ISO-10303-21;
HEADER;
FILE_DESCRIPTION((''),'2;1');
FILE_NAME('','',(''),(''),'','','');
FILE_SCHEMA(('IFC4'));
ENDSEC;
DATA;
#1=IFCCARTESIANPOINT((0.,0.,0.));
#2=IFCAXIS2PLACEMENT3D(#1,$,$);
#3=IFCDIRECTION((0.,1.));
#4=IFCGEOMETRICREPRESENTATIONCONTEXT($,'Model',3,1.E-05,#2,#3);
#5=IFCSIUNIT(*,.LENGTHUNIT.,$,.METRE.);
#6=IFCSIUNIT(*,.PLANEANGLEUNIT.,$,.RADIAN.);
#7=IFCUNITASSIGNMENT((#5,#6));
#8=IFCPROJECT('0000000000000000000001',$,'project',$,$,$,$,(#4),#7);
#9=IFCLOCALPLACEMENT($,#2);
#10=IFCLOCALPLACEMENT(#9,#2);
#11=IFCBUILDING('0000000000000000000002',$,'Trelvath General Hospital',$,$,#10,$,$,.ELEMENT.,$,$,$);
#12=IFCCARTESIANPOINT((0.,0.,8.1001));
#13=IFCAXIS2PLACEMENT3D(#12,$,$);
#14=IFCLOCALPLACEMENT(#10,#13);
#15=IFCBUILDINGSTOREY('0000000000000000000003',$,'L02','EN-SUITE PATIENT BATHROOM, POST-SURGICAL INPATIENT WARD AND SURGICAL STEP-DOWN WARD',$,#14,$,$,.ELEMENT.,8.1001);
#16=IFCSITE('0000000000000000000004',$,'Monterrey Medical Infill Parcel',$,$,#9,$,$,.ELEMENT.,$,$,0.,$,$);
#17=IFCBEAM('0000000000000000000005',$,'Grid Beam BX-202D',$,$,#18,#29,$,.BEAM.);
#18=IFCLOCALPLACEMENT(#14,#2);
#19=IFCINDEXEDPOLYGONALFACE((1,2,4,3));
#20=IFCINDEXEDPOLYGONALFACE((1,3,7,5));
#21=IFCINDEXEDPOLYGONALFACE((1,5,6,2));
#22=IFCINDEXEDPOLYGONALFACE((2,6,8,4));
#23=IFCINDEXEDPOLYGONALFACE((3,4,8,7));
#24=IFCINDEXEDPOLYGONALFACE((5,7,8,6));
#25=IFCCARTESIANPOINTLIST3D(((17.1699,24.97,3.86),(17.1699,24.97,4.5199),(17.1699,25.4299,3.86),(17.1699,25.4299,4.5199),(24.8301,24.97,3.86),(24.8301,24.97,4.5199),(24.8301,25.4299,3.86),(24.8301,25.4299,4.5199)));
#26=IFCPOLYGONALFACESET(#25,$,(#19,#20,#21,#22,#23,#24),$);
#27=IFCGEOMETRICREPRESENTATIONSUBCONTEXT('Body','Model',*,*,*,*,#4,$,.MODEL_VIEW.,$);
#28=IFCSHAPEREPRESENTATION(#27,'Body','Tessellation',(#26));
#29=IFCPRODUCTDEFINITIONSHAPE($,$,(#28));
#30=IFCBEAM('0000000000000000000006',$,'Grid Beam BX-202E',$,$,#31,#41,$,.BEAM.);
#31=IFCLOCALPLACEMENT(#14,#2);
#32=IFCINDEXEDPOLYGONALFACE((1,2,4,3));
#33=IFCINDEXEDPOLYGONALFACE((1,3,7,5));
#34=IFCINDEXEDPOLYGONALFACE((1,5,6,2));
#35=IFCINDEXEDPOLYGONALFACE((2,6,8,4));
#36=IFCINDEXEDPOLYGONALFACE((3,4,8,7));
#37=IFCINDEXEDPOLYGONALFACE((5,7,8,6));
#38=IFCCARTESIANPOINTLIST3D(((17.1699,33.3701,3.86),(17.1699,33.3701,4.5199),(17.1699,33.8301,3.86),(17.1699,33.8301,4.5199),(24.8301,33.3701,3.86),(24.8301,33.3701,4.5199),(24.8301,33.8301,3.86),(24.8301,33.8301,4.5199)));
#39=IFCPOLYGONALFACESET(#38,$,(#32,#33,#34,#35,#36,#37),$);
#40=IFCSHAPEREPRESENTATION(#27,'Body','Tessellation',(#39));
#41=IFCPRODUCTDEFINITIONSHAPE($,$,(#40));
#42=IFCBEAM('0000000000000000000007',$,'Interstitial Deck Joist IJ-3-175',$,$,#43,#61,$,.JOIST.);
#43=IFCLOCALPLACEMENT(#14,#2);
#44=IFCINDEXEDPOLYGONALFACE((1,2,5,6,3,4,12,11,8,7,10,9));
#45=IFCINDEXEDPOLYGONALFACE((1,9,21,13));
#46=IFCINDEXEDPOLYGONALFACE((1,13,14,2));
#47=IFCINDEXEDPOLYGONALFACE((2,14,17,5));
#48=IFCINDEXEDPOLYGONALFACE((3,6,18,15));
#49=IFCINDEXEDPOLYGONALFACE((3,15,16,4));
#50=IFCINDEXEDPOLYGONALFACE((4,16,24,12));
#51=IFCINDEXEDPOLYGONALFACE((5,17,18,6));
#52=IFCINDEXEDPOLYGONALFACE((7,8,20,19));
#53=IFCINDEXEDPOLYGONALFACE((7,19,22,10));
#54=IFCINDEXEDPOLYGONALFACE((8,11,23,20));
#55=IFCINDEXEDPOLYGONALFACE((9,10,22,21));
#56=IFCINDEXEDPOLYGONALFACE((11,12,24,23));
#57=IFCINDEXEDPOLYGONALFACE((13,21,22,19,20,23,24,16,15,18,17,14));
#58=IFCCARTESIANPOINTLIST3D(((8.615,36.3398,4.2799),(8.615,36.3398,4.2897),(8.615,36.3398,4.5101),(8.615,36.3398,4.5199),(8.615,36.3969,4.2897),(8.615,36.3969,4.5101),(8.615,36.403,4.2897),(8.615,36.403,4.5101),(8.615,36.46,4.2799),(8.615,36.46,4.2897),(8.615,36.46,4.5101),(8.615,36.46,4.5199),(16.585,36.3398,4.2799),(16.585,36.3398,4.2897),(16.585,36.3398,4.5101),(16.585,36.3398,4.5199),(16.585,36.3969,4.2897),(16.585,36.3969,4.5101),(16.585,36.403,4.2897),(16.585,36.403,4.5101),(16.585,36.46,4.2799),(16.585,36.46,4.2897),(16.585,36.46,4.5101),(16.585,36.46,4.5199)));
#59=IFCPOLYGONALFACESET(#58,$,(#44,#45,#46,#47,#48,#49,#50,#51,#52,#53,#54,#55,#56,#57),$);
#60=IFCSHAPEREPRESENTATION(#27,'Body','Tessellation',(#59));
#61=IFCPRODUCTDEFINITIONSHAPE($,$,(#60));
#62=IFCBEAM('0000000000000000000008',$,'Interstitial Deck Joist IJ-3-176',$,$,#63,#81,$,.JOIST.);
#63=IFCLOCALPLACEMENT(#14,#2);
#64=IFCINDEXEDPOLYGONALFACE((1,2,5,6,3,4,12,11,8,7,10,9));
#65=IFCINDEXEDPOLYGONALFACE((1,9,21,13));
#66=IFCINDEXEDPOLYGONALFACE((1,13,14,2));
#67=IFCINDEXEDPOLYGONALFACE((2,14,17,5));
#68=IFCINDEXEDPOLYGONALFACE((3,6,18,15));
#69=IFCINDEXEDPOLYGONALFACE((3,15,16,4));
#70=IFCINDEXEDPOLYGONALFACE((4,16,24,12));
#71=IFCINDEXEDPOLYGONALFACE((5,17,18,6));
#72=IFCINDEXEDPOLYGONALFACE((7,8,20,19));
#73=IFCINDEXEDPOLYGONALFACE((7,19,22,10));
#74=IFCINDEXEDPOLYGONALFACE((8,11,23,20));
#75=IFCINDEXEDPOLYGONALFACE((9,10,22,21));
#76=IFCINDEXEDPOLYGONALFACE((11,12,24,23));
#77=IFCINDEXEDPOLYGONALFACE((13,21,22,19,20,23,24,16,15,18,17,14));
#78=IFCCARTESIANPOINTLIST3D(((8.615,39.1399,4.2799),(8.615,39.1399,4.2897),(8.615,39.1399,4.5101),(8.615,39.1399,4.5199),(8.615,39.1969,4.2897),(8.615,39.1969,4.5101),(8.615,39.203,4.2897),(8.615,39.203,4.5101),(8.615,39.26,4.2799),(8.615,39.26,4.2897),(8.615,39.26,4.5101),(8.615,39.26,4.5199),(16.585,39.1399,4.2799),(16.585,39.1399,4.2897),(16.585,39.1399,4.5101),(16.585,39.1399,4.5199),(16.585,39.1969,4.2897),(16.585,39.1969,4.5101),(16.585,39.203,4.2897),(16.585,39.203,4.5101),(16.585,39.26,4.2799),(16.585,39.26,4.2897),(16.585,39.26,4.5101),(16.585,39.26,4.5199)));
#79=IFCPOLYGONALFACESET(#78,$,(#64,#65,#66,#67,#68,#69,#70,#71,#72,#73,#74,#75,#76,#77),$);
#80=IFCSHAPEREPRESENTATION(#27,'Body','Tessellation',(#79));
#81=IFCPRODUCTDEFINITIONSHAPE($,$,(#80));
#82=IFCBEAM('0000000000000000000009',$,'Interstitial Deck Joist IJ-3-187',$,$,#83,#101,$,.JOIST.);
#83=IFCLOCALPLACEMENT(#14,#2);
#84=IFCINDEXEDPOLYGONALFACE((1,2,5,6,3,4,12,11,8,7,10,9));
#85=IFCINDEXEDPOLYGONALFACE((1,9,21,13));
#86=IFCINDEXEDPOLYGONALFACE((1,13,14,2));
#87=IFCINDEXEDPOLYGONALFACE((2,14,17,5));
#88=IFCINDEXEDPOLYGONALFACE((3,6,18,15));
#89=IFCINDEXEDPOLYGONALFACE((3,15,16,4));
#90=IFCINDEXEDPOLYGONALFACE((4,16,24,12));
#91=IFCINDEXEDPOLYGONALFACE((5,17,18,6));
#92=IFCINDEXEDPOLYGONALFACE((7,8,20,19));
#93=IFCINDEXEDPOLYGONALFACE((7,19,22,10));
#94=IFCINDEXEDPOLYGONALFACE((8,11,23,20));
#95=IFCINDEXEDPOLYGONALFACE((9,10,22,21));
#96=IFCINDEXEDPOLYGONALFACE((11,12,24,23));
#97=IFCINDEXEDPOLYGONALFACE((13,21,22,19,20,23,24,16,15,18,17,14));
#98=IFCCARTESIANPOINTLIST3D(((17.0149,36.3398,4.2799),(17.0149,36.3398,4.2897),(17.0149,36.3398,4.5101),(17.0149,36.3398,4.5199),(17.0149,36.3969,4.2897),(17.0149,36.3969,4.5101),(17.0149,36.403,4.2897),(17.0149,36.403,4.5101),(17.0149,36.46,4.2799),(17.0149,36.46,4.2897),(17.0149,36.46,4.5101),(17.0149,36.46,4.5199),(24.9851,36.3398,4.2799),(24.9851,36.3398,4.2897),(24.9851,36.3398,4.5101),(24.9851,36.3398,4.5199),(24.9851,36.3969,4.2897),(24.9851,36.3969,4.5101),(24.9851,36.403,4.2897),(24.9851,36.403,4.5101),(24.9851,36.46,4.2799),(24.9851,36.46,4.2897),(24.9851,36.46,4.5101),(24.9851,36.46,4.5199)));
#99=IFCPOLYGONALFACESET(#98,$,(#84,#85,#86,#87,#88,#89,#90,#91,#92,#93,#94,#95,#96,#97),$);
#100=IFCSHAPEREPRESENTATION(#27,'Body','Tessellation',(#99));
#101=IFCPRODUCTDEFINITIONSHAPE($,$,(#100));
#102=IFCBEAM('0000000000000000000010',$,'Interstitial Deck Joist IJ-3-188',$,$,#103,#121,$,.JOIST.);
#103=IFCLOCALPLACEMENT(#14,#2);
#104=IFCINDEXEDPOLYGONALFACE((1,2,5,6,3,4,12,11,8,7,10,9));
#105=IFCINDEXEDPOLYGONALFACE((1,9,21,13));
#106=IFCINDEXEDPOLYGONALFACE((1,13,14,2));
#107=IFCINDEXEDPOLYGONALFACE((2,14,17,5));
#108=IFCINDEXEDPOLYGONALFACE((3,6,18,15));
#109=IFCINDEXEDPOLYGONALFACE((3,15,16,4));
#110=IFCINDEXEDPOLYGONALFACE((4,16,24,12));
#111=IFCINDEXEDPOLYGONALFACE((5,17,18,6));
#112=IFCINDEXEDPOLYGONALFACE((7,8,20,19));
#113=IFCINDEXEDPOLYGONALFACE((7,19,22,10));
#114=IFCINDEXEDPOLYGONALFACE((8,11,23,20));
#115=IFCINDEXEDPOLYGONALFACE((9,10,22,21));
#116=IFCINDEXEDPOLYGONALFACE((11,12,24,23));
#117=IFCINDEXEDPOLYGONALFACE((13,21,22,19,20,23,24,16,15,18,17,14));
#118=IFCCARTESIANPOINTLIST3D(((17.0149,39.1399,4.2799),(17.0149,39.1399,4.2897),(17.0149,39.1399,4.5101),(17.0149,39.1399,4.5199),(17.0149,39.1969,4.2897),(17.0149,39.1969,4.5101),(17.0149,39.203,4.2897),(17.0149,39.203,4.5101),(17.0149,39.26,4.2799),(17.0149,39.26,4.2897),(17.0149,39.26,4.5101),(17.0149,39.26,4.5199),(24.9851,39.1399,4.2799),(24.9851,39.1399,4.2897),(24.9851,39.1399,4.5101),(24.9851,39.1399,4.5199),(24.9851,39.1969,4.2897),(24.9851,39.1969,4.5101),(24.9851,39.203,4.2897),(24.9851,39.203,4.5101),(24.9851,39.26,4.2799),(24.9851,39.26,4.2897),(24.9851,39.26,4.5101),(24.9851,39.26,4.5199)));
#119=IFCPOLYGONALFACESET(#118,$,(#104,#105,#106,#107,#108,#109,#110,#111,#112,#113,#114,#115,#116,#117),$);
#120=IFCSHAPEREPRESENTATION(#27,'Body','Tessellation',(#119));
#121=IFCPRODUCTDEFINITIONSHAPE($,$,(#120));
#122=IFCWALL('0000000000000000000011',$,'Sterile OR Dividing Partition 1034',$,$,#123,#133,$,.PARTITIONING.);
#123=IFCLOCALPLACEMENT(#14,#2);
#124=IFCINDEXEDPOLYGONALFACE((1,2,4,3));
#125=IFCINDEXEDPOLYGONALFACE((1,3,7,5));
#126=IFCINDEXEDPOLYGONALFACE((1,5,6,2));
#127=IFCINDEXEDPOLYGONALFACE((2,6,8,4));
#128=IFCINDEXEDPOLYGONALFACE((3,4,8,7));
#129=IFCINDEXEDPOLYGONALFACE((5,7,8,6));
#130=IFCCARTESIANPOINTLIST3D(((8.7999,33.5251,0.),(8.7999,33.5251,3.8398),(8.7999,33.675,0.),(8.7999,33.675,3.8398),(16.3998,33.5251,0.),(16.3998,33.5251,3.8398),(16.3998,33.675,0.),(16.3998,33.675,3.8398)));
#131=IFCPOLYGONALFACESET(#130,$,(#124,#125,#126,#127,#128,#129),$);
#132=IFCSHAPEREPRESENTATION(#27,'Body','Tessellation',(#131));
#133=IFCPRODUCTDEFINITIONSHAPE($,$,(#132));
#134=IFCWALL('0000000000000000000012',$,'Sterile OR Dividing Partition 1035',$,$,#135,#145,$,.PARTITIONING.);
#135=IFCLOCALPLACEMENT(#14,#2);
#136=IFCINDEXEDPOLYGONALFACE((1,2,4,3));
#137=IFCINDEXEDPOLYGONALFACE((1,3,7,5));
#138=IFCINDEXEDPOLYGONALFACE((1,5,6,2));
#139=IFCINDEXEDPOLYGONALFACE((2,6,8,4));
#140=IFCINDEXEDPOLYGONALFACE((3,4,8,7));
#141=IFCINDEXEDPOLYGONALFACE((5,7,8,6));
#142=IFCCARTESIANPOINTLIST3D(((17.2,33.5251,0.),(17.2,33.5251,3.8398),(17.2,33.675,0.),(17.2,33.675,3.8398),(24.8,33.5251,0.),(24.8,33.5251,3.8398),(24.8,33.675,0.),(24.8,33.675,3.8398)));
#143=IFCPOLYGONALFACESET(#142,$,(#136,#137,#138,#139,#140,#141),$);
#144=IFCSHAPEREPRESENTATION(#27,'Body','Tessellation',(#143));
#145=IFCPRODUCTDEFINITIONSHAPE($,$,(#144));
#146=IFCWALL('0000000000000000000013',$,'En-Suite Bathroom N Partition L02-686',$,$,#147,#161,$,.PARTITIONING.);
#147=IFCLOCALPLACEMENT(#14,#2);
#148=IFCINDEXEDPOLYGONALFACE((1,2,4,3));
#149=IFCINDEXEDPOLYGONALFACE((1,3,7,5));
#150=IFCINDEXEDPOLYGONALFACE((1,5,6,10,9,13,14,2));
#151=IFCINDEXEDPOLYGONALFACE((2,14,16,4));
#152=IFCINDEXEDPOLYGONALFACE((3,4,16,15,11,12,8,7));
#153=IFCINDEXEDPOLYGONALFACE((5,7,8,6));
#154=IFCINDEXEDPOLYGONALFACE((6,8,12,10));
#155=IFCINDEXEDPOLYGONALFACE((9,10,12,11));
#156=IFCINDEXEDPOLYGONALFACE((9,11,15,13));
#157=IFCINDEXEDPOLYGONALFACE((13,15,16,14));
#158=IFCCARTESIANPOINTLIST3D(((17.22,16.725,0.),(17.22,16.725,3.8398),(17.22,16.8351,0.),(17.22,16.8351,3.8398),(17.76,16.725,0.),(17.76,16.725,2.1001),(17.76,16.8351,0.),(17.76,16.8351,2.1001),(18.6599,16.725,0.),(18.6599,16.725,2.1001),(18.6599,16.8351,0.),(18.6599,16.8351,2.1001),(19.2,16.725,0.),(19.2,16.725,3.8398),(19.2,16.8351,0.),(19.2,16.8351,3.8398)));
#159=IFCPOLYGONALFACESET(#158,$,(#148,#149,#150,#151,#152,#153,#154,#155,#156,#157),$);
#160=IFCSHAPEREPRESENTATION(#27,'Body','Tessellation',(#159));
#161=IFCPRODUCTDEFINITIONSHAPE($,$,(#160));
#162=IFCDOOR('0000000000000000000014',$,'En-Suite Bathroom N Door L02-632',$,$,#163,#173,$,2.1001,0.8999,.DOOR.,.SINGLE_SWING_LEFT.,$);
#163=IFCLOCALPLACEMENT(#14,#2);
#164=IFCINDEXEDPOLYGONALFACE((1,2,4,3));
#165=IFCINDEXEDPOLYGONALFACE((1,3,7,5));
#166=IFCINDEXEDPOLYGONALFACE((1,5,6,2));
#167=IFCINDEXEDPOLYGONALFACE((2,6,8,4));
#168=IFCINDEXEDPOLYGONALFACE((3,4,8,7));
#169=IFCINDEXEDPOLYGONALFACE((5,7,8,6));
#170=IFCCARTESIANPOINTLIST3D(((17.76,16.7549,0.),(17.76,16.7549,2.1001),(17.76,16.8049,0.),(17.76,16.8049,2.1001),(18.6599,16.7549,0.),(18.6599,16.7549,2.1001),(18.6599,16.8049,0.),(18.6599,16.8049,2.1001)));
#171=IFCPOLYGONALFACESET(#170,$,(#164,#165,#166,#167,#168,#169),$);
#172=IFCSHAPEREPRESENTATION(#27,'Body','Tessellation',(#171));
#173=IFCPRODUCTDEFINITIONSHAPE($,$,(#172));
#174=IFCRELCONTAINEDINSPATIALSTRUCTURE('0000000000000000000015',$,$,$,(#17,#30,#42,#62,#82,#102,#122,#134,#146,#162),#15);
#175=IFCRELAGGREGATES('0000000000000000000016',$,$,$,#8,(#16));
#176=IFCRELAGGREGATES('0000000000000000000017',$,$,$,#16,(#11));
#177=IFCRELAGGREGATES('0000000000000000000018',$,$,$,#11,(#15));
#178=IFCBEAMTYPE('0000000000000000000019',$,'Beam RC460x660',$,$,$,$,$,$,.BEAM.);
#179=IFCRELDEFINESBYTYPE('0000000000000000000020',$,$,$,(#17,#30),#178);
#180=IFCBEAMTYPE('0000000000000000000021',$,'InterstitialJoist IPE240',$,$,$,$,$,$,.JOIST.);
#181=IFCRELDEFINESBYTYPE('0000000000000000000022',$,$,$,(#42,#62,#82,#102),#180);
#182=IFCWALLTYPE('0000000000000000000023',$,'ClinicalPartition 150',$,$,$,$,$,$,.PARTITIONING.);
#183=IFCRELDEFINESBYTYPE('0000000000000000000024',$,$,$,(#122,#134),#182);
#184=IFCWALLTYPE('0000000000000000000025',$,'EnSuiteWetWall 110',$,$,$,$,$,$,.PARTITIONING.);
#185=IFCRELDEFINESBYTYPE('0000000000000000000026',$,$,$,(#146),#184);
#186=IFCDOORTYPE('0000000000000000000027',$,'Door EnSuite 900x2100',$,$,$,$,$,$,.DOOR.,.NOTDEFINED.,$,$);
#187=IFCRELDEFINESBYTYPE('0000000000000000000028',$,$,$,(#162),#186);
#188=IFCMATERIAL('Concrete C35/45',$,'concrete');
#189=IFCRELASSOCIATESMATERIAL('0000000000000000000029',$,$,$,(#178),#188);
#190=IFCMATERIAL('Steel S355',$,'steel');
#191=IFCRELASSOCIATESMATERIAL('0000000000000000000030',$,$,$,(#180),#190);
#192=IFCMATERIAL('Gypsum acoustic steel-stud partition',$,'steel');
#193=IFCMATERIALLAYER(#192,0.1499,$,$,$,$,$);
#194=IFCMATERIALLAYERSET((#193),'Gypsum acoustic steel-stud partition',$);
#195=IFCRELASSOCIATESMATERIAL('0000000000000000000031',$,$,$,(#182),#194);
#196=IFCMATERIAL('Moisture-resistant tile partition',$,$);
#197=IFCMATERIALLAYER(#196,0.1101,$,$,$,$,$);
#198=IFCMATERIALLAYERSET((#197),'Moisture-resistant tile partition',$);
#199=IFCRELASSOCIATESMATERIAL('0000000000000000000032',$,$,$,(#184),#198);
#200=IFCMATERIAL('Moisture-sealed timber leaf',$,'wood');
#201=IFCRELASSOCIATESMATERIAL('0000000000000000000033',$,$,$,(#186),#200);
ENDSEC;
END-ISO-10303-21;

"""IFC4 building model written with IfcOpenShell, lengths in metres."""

from ifc_helpers import new_model, si_unit, direction, frame, frame_2d, origin, origin_2d, place, context, subcontext, project, spatial, rectangle, i_section, extrude, material, layer, layer_set, material_profile, profile_set, type_object, element, fill, save


model = new_model("IFC4")

# Units and contexts
model_context = context("Model", 3, precision=1e-05, world=origin(), true_north=direction((0.0, 1.0)))
body_context = subcontext(model_context, "Body", "Model", "MODEL_VIEW")
ifc_project = project(units=[si_unit("LENGTHUNIT", "METRE"), si_unit("PLANEANGLEUNIT", "RADIAN")], contexts=[model_context])

# Site, building, storey
site_placement = place(None, origin())
site = spatial("IfcSite", under=ifc_project, at=site_placement, Name="Monterrey Medical Infill Parcel", CompositionType="ELEMENT", RefElevation=0.0)
building_placement = place(site_placement, origin())
building = spatial("IfcBuilding", under=site, at=building_placement, Name="Trelvath General Hospital", CompositionType="ELEMENT")
storey_placement = place(building_placement, frame((0.0, 0.0, 8.1001)))
storey = spatial("IfcBuildingStorey", under=building, at=storey_placement, Name="L02", Description="EN-SUITE PATIENT BATHROOM, POST-SURGICAL INPATIENT WARD AND SURGICAL STEP-DOWN WARD", CompositionType="ELEMENT", Elevation=8.1001)

# Beams
ifc_material_1 = material(Name="Concrete C35/45", Category="concrete")
ifc_material_profile_1 = material_profile(ifc_material_1, rectangle(XDim=0.46, YDim=0.6599, at=origin_2d()), Name="RCB460x660")
ifc_profile_set_1 = profile_set([ifc_material_profile_1], Name="Concrete C35/45")
beam_type_1 = type_object("IfcBeamType", Name="Beam RC460x660", PredefinedType="BEAM", material=ifc_profile_set_1)
for number, where, z_axis, x_axis, name in (
    (1, (17.1699, 25.2, 4.1899), (1.0, 0.0, 0.0), (0.0, 1.0, 0.0), "Grid Beam BX-202D"),
    (2, (17.1699, 33.6001, 4.1899), (1.0, 0.0, 0.0), (0.0, 1.0, 0.0), "Grid Beam BX-202E"),
):
    element("IfcBeam", number, at=place(storey_placement, frame(where, z_axis=z_axis, x_axis=x_axis)), inside=storey, type_object=beam_type_1, Name=name, PredefinedType="BEAM", context=body_context, shape_type="SweptSolid", body=[
        extrude(rectangle(XDim=0.46, YDim=0.6599, at=origin_2d()), origin(), (0.0, 0.0, 1.0), 7.6602),
    ])
ifc_material_2 = material(Name="Steel S355", Category="steel")
ifc_material_profile_2 = material_profile(ifc_material_2, i_section(OverallWidth=0.1201, OverallDepth=0.24, WebThickness=0.0061, FlangeThickness=0.0098, at=origin_2d()), Name="IPE240")
ifc_profile_set_2 = profile_set([ifc_material_profile_2], Name="Steel S355")
beam_type_2 = type_object("IfcBeamType", Name="InterstitialJoist IPE240", PredefinedType="JOIST", material=ifc_profile_set_2)
for number, where, z_axis, x_axis, name in (
    (3, (8.615, 36.3999, 4.3999), (1.0, 0.0, 0.0), (0.0, 1.0, 0.0), "Interstitial Deck Joist IJ-3-175"),
    (4, (8.615, 39.2, 4.3999), (1.0, 0.0, 0.0), (0.0, 1.0, 0.0), "Interstitial Deck Joist IJ-3-176"),
):
    element("IfcBeam", number, at=place(storey_placement, frame(where, z_axis=z_axis, x_axis=x_axis)), inside=storey, type_object=beam_type_2, Name=name, PredefinedType="JOIST", context=body_context, shape_type="SweptSolid", body=[
        extrude(i_section(OverallWidth=0.1201, OverallDepth=0.24, WebThickness=0.0061, FlangeThickness=0.0098, at=origin_2d()), origin(), (0.0, 0.0, 1.0), 7.97),
    ])
for number, where, z_axis, x_axis, name in (
    (5, (17.0149, 36.3999, 4.3999), (1.0, 0.0, 0.0), (0.0, 1.0, 0.0), "Interstitial Deck Joist IJ-3-187"),
    (6, (17.0149, 39.2, 4.3999), (1.0, 0.0, 0.0), (0.0, 1.0, 0.0), "Interstitial Deck Joist IJ-3-188"),
):
    element("IfcBeam", number, at=place(storey_placement, frame(where, z_axis=z_axis, x_axis=x_axis)), inside=storey, type_object=beam_type_2, Name=name, PredefinedType="JOIST", context=body_context, shape_type="SweptSolid", body=[
        extrude(i_section(OverallWidth=0.1201, OverallDepth=0.24, WebThickness=0.0061, FlangeThickness=0.0098, at=origin_2d()), origin(), (0.0, 0.0, 1.0), 7.9702),
    ])

# Walls
ifc_material_3 = material(Name="Gypsum acoustic steel-stud partition", Category="steel")
ifc_layer_1 = layer(ifc_material_3, 0.1499)
ifc_layer_set_1 = layer_set([ifc_layer_1], Name="Gypsum acoustic steel-stud partition")
wall_type_1 = type_object("IfcWallType", Name="ClinicalPartition 150", PredefinedType="PARTITIONING", material=ifc_layer_set_1)
wall_1_placement = place(storey_placement, frame((8.8, 33.6001, 0.0), z_axis=(0.0, 0.0, 1.0), x_axis=(1.0, 0.0, 0.0)))
element("IfcWall", 7, at=wall_1_placement, inside=storey, type_object=wall_type_1, Name="Sterile OR Dividing Partition 1034", PredefinedType="PARTITIONING", context=body_context, shape_type="SweptSolid", body=[
    extrude(rectangle(XDim=7.5999, YDim=0.1499, at=frame_2d((3.7998, 0.0))), origin(), (0.0, 0.0, 1.0), 3.8398),
])
wall_2_placement = place(storey_placement, frame((17.2, 33.6001, 0.0), z_axis=(0.0, 0.0, 1.0), x_axis=(1.0, 0.0, 0.0)))
element("IfcWall", 8, at=wall_2_placement, inside=storey, type_object=wall_type_1, Name="Sterile OR Dividing Partition 1035", PredefinedType="PARTITIONING", context=body_context, shape_type="SweptSolid", body=[
    extrude(rectangle(XDim=7.6001, YDim=0.1499, at=frame_2d((3.8, 0.0))), origin(), (0.0, 0.0, 1.0), 3.8398),
])

# Wall, opening, door
ifc_material_4 = material(Name="Moisture-resistant tile partition")
ifc_layer_2 = layer(ifc_material_4, 0.1101)
ifc_layer_set_2 = layer_set([ifc_layer_2], Name="Moisture-resistant tile partition")
wall_type_2 = type_object("IfcWallType", Name="EnSuiteWetWall 110", PredefinedType="PARTITIONING", material=ifc_layer_set_2)
wall_3_placement = place(storey_placement, frame((17.22, 16.78, 0.0), z_axis=(0.0, 0.0, 1.0), x_axis=(1.0, 0.0, 0.0)))
wall_3 = element("IfcWall", 9, at=wall_3_placement, inside=storey, type_object=wall_type_2, Name="En-Suite Bathroom N Partition L02-686", PredefinedType="PARTITIONING", context=body_context, shape_type="SweptSolid", body=[
    extrude(rectangle(XDim=1.98, YDim=0.1101, at=frame_2d((0.99, 0.0))), origin(), (0.0, 0.0, 1.0), 3.8398),
])
opening_1_placement = place(wall_3_placement, frame((0.54, 0.0, 0.0)))
opening_1 = element("IfcOpeningElement", 10, at=opening_1_placement, cuts=wall_3, PredefinedType="OPENING", context=body_context, shape_type="SweptSolid", body=[
    extrude(rectangle(XDim=0.8999, YDim=2.1001, at=frame_2d((0.45, 1.05))), frame((0.0, 0.0649, 0.0), z_axis=(0.0, -1.0, 0.0), x_axis=(1.0, 0.0, 0.0)), (0.0, 0.0, 1.0), 0.1301),
])
ifc_material_5 = material(Name="Moisture-sealed timber leaf", Category="wood")
door_type = type_object("IfcDoorType", Name="Door EnSuite 900x2100", OperationType="NOTDEFINED", PredefinedType="DOOR", material=ifc_material_5)
door_1_placement = place(opening_1_placement, origin())
door_1 = element("IfcDoor", 11, at=door_1_placement, inside=storey, type_object=door_type, Name="En-Suite Bathroom N Door L02-632", OperationType="SINGLE_SWING_LEFT", OverallHeight=2.1001, OverallWidth=0.8999, PredefinedType="DOOR", context=body_context, shape_type="SweptSolid", body=[
    extrude(rectangle(XDim=0.8999, YDim=2.1001, at=frame_2d((0.45, 1.05))), frame((0.0, 0.0249, 0.0), z_axis=(0.0, -1.0, 0.0), x_axis=(1.0, 0.0, 0.0)), (0.0, 0.0, 1.0), 0.05),
])
fill(opening_1, door_1)

save(model, "model.ifc")
